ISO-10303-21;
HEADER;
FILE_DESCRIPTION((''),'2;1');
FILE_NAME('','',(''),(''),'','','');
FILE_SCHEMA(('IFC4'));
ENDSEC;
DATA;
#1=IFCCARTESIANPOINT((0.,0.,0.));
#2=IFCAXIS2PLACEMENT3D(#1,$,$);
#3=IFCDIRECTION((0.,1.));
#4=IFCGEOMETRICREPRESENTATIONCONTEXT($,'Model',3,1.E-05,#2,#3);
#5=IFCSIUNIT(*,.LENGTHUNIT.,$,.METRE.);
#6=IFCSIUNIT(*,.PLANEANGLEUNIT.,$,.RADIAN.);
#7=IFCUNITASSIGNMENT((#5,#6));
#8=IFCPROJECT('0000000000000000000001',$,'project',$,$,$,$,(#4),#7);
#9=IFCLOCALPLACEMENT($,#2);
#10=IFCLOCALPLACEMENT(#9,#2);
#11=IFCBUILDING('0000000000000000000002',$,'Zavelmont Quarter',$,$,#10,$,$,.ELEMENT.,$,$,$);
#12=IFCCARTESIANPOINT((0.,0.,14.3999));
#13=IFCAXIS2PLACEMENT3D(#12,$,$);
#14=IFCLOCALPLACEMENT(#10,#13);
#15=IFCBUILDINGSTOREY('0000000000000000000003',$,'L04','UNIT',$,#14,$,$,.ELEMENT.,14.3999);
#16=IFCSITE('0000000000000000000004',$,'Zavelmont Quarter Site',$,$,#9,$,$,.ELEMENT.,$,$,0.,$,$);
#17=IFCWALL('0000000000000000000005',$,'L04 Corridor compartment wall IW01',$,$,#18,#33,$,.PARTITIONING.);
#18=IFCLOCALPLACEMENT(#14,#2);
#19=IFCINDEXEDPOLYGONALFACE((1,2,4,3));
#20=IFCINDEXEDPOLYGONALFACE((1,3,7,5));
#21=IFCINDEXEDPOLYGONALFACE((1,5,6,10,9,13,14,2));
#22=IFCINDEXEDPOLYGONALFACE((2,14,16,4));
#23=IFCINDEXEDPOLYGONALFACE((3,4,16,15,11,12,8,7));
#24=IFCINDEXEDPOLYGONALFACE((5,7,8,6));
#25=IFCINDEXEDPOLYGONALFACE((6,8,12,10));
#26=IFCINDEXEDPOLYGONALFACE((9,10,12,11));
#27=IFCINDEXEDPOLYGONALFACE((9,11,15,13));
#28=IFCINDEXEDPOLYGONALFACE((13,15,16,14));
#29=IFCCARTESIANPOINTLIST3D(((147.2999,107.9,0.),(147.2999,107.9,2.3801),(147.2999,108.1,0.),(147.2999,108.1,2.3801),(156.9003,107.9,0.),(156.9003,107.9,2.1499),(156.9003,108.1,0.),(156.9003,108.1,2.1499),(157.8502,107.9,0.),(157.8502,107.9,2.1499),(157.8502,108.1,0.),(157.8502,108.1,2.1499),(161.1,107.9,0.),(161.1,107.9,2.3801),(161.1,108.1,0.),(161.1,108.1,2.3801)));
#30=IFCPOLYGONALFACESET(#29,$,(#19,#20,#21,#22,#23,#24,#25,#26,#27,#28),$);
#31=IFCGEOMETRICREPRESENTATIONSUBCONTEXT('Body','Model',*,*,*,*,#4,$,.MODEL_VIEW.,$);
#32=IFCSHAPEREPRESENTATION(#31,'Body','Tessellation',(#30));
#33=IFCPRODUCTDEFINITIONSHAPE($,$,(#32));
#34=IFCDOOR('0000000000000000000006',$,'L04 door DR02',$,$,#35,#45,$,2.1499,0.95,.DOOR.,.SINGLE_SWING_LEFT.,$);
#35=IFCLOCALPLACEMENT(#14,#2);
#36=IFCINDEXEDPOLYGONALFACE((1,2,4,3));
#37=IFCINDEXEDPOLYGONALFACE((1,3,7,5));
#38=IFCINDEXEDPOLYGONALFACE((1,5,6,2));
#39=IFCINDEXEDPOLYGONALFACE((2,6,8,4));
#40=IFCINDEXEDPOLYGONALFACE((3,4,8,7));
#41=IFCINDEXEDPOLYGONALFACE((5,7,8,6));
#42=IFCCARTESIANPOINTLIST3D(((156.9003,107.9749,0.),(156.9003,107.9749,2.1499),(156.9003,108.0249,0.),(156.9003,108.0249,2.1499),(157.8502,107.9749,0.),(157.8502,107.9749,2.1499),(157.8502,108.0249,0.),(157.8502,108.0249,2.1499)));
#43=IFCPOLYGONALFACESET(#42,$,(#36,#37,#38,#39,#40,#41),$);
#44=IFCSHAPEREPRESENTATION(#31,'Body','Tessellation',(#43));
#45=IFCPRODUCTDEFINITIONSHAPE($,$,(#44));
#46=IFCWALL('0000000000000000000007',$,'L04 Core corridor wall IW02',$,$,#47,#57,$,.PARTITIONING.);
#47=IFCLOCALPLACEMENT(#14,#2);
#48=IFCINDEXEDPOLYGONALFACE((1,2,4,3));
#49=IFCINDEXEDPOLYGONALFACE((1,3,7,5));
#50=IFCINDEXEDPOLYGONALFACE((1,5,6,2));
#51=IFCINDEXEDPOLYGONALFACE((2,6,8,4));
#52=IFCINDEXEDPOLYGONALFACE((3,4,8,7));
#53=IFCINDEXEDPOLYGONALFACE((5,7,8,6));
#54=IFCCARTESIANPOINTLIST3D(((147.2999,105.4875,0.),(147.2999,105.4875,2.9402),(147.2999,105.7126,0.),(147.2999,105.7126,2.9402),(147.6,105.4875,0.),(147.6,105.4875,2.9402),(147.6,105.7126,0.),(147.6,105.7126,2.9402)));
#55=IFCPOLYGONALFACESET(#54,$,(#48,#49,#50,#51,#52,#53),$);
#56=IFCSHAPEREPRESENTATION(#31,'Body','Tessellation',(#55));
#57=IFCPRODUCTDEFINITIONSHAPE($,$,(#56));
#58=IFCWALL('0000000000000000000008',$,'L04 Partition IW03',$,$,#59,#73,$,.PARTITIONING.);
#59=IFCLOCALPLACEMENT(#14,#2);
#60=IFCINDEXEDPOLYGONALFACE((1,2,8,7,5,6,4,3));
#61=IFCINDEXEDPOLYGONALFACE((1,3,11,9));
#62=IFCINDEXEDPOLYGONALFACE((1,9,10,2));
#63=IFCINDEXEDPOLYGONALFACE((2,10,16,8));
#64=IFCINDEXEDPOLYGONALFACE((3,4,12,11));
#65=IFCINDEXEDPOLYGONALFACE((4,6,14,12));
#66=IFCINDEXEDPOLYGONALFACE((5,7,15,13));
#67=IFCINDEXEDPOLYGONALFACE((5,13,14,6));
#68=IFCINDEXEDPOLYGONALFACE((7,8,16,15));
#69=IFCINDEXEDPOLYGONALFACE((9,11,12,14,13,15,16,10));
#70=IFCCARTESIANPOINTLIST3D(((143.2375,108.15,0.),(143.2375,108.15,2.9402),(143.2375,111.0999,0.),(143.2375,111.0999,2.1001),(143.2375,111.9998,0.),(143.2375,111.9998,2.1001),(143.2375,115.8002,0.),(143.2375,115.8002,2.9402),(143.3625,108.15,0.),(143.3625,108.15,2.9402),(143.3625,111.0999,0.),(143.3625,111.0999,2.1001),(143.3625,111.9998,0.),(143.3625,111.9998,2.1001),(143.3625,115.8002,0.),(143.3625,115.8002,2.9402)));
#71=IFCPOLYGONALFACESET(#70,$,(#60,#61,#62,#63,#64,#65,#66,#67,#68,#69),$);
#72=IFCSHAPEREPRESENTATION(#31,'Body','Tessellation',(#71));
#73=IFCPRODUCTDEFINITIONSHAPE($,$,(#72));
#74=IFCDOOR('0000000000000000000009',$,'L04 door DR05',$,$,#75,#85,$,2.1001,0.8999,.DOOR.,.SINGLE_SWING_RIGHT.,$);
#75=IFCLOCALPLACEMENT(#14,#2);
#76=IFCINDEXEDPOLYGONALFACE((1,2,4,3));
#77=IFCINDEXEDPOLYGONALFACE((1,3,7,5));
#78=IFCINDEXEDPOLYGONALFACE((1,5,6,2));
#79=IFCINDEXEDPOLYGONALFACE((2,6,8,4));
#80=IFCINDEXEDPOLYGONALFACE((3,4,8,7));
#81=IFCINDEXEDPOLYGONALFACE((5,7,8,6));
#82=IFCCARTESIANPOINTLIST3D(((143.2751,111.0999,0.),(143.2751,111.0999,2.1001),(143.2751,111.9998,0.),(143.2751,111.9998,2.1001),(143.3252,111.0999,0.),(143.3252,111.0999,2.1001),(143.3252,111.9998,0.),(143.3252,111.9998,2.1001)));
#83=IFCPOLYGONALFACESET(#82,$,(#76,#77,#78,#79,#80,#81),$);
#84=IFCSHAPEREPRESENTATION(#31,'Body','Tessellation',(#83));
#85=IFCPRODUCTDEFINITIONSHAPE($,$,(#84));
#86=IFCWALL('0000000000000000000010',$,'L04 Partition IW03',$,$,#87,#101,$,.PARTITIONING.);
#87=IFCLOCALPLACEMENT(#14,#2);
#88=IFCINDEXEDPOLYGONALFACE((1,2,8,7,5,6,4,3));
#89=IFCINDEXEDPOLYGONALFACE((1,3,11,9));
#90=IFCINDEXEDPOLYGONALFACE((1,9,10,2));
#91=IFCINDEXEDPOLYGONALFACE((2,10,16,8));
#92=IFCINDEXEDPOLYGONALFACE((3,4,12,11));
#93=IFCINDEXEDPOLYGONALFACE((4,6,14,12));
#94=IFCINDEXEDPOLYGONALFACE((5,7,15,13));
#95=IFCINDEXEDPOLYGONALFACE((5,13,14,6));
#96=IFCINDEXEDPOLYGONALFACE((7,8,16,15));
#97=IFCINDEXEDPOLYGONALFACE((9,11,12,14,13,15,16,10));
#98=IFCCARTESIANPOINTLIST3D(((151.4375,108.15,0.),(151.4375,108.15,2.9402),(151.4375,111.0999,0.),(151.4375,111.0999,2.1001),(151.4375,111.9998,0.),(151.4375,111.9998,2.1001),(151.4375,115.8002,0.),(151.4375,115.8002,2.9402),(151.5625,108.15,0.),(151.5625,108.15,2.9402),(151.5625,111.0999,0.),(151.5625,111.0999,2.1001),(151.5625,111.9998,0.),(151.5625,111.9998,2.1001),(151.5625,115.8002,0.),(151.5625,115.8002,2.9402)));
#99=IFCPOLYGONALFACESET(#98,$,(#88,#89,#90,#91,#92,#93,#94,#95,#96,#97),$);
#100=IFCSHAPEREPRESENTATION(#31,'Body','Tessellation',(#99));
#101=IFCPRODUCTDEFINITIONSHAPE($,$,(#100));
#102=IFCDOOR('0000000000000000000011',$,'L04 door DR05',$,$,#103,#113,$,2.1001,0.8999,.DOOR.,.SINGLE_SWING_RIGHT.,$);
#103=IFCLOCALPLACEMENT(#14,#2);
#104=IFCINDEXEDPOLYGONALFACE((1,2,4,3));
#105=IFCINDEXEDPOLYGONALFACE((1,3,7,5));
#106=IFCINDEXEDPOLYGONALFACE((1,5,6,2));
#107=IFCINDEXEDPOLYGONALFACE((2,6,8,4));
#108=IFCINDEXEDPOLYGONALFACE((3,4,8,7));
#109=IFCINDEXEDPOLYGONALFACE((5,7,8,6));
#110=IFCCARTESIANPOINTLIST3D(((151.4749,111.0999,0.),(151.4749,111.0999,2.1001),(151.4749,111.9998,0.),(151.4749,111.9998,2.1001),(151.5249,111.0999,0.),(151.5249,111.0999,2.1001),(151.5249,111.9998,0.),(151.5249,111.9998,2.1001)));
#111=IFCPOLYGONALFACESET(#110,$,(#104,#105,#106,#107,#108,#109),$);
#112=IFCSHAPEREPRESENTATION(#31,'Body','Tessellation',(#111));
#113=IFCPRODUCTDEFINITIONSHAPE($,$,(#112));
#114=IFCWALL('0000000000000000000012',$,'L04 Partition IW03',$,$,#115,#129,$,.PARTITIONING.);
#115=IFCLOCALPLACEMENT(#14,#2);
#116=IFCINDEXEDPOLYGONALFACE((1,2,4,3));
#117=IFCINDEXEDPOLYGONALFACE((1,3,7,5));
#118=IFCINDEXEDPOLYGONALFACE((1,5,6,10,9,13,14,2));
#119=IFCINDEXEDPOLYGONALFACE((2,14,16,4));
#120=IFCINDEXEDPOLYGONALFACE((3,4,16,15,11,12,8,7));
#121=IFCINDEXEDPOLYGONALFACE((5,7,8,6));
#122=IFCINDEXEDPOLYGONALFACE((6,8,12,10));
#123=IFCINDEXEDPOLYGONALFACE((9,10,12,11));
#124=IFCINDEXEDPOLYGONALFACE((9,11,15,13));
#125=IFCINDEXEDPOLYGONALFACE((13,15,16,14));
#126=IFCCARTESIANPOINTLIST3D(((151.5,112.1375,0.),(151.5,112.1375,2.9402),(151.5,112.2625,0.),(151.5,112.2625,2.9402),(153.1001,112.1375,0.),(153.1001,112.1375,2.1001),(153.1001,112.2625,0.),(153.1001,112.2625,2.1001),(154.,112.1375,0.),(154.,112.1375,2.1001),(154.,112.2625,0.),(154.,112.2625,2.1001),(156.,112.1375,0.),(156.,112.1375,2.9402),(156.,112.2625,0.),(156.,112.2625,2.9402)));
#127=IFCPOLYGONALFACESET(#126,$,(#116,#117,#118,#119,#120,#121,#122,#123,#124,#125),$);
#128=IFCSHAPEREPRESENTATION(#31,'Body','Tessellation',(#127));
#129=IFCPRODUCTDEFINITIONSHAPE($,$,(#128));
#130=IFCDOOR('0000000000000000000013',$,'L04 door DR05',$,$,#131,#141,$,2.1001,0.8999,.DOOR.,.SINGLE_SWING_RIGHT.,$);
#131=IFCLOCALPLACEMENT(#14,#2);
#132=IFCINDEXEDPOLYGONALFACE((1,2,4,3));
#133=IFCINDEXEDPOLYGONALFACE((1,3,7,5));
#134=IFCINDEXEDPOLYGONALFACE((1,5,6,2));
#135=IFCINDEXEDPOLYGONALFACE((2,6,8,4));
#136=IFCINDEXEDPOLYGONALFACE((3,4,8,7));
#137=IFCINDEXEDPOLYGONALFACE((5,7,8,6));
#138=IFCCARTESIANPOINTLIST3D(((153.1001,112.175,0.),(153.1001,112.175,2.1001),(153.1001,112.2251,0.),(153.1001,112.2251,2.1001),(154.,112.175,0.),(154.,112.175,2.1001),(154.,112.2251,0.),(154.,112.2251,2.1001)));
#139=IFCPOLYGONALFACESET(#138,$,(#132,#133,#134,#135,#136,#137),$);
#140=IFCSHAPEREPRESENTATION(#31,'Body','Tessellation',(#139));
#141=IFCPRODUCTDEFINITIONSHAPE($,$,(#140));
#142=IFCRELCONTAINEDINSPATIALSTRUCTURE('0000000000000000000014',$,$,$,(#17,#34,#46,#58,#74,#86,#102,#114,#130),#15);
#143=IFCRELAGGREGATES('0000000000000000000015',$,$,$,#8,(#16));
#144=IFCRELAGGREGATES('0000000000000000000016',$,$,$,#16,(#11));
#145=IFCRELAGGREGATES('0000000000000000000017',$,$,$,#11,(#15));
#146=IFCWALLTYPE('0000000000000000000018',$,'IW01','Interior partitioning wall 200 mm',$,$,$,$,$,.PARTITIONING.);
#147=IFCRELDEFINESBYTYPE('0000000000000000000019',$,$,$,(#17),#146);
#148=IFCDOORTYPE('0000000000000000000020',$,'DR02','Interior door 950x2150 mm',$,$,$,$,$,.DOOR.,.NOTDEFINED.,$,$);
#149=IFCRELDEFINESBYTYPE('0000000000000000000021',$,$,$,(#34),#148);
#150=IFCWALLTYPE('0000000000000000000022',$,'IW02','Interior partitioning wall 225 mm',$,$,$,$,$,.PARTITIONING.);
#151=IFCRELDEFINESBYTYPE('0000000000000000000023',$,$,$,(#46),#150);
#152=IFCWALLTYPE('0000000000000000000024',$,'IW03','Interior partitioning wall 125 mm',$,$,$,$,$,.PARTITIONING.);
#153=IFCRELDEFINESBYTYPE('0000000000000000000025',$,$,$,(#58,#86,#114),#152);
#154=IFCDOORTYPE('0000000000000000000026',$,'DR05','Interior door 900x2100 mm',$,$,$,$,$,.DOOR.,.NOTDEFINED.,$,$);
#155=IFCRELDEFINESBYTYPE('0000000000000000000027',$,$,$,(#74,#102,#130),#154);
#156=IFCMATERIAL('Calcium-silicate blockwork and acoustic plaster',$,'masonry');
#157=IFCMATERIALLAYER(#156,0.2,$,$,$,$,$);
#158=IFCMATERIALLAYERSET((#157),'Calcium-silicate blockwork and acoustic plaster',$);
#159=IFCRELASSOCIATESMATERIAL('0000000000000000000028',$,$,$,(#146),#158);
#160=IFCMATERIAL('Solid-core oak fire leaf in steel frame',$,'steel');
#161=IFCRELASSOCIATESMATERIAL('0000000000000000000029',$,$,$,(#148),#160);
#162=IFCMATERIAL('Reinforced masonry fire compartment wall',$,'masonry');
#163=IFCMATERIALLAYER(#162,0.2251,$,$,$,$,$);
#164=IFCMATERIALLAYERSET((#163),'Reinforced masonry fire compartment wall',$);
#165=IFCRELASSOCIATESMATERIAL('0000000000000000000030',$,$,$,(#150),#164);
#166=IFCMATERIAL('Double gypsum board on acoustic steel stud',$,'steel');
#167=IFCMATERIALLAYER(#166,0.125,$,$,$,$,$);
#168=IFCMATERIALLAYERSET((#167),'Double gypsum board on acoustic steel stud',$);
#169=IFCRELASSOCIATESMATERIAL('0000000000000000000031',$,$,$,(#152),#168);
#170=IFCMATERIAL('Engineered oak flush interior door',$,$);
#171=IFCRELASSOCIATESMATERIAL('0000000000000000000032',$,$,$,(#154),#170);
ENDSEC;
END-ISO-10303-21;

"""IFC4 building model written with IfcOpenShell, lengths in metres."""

from ifc_helpers import new_model, si_unit, direction, frame, frame_2d, origin, origin_with_axes, place, context, subcontext, project, spatial, rectangle, extrude, material, layer, layer_set, type_object, element, fill, save


model = new_model("IFC4")

# Units and contexts
model_context = context("Model", 3, precision=1e-05, world=origin(), true_north=direction((0.0, 1.0)))
body_context = subcontext(model_context, "Body", "Model", "MODEL_VIEW")
ifc_project = project(units=[si_unit("LENGTHUNIT", "METRE"), si_unit("PLANEANGLEUNIT", "RADIAN")], contexts=[model_context])

# Site, building, storey
site_placement = place(None, origin())
site = spatial("IfcSite", under=ifc_project, at=site_placement, Name="Zavelmont Quarter Site", CompositionType="ELEMENT", RefElevation=0.0)
building_placement = place(site_placement, origin())
building = spatial("IfcBuilding", under=site, at=building_placement, Name="Zavelmont Quarter", CompositionType="ELEMENT")
storey_placement = place(building_placement, frame((0.0, 0.0, 14.3999)))
storey = spatial("IfcBuildingStorey", under=building, at=storey_placement, Name="L04", Description="UNIT", CompositionType="ELEMENT", Elevation=14.3999)

# Shared definitions
ifc_material_1 = material(Name="Calcium-silicate blockwork and acoustic plaster", Category="masonry")
ifc_layer_1 = layer(ifc_material_1, 0.2)
ifc_layer_set_1 = layer_set([ifc_layer_1], Name="Calcium-silicate blockwork and acoustic plaster")
wall_type_1 = type_object("IfcWallType", Name="IW01", Description="Interior partitioning wall 200 mm", PredefinedType="PARTITIONING", material=ifc_layer_set_1)

# Wall, opening, door
wall_1_placement = place(storey_placement, frame((147.3, 108.0, 0.0), z_axis=(0.0, 0.0, 1.0), x_axis=(1.0, 0.0, 0.0)))
wall_1 = element("IfcWall", 1, at=wall_1_placement, inside=storey, type_object=wall_type_1, Name="L04 Corridor compartment wall IW01", PredefinedType="PARTITIONING", context=body_context, shape_type="SweptSolid", body=[
    extrude(rectangle(XDim=13.8, YDim=0.2, at=frame_2d((6.8999, 0.0))), origin(), (0.0, 0.0, 1.0), 2.3801),
])
opening_1_placement = place(wall_1_placement, frame((9.6001, 0.0, 0.0)))
opening_1 = element("IfcOpeningElement", 2, at=opening_1_placement, cuts=wall_1, PredefinedType="OPENING", context=body_context, shape_type="SweptSolid", body=[
    extrude(rectangle(XDim=0.95, YDim=2.1499, at=frame_2d((0.4751, 1.075))), frame((0.0, 0.1118, 0.0), z_axis=(0.0, -1.0, 0.0), x_axis=(1.0, 0.0, 0.0)), (0.0, 0.0, 1.0), 0.2239),
])
ifc_material_2 = material(Name="Solid-core oak fire leaf in steel frame", Category="steel")
door_type_1 = type_object("IfcDoorType", Name="DR02", Description="Interior door 950x2150 mm", OperationType="NOTDEFINED", PredefinedType="DOOR", material=ifc_material_2)
door_1_placement = place(opening_1_placement, origin_with_axes())
door_1 = element("IfcDoor", 3, at=door_1_placement, inside=storey, type_object=door_type_1, Name="L04 door DR02", OperationType="SINGLE_SWING_LEFT", OverallHeight=2.1499, OverallWidth=0.95, PredefinedType="DOOR", context=body_context, shape_type="SweptSolid", body=[
    extrude(rectangle(XDim=0.95, YDim=2.1499, at=frame_2d((0.4751, 1.075))), frame((0.0, 0.0249, 0.0), z_axis=(0.0, -1.0, 0.0), x_axis=(1.0, 0.0, 0.0)), (0.0, 0.0, 1.0), 0.05),
])
fill(opening_1, door_1)

# Wall
ifc_material_3 = material(Name="Reinforced masonry fire compartment wall", Category="masonry")
ifc_layer_2 = layer(ifc_material_3, 0.2251)
ifc_layer_set_2 = layer_set([ifc_layer_2], Name="Reinforced masonry fire compartment wall")
wall_type_2 = type_object("IfcWallType", Name="IW02", Description="Interior partitioning wall 225 mm", PredefinedType="PARTITIONING", material=ifc_layer_set_2)
wall_2_placement = place(storey_placement, frame((147.3, 105.6001, 0.0), z_axis=(0.0, 0.0, 1.0), x_axis=(1.0, 0.0, 0.0)))
element("IfcWall", 4, at=wall_2_placement, inside=storey, type_object=wall_type_2, Name="L04 Core corridor wall IW02", PredefinedType="PARTITIONING", context=body_context, shape_type="SweptSolid", body=[
    extrude(rectangle(XDim=0.3, YDim=0.2251, at=frame_2d((0.1499, 0.0))), origin(), (0.0, 0.0, 1.0), 2.9402),
])

# Walls, openings, doors
ifc_material_4 = material(Name="Double gypsum board on acoustic steel stud", Category="steel")
ifc_layer_3 = layer(ifc_material_4, 0.125)
ifc_layer_set_3 = layer_set([ifc_layer_3], Name="Double gypsum board on acoustic steel stud")
wall_type_3 = type_object("IfcWallType", Name="IW03", Description="Interior partitioning wall 125 mm", PredefinedType="PARTITIONING", material=ifc_layer_set_3)
wall_3_placement = place(storey_placement, frame((143.3, 108.1499, 0.0), z_axis=(0.0, 0.0, 1.0), x_axis=(0.0, 1.0, 0.0)))
wall_3 = element("IfcWall", 5, at=wall_3_placement, inside=storey, type_object=wall_type_3, Name="L04 Partition IW03", PredefinedType="PARTITIONING", context=body_context, shape_type="SweptSolid", body=[
    extrude(rectangle(XDim=7.6501, YDim=0.125, at=frame_2d((3.8252, 0.0))), origin(), (0.0, 0.0, 1.0), 2.9402),
])
opening_2_placement = place(wall_3_placement, frame((2.95, 0.0, 0.0)))
opening_2 = element("IfcOpeningElement", 6, at=opening_2_placement, cuts=wall_3, PredefinedType="OPENING", context=body_context, shape_type="SweptSolid", body=[
    extrude(rectangle(XDim=0.8999, YDim=2.1001, at=frame_2d((0.45, 1.05))), frame((0.0, 0.0745, 0.0), z_axis=(0.0, -1.0, 0.0), x_axis=(1.0, 0.0, 0.0)), (0.0, 0.0, 1.0), 0.1489),
])
ifc_material_5 = material(Name="Engineered oak flush interior door")
door_type_2 = type_object("IfcDoorType", Name="DR05", Description="Interior door 900x2100 mm", OperationType="NOTDEFINED", PredefinedType="DOOR", material=ifc_material_5)
door_2_placement = place(opening_2_placement, origin_with_axes())
door_2 = element("IfcDoor", 7, at=door_2_placement, inside=storey, type_object=door_type_2, Name="L04 door DR05", OperationType="SINGLE_SWING_RIGHT", OverallHeight=2.1001, OverallWidth=0.8999, PredefinedType="DOOR", context=body_context, shape_type="SweptSolid", body=[
    extrude(rectangle(XDim=0.8999, YDim=2.1001, at=frame_2d((0.45, 1.05))), frame((0.0, 0.0249, 0.0), z_axis=(0.0, -1.0, 0.0), x_axis=(1.0, 0.0, 0.0)), (0.0, 0.0, 1.0), 0.05),
])
fill(opening_2, door_2)
wall_4_placement = place(storey_placement, frame((151.5, 108.1499, 0.0), z_axis=(0.0, 0.0, 1.0), x_axis=(0.0, 1.0, 0.0)))
wall_4 = element("IfcWall", 8, at=wall_4_placement, inside=storey, type_object=wall_type_3, Name="L04 Partition IW03", PredefinedType="PARTITIONING", context=body_context, shape_type="SweptSolid", body=[
    extrude(rectangle(XDim=7.6501, YDim=0.125, at=frame_2d((3.8252, 0.0))), origin(), (0.0, 0.0, 1.0), 2.9402),
])
opening_3_placement = place(wall_4_placement, frame((2.95, 0.0, 0.0)))
opening_3 = element("IfcOpeningElement", 9, at=opening_3_placement, cuts=wall_4, PredefinedType="OPENING", context=body_context, shape_type="SweptSolid", body=[
    extrude(rectangle(XDim=0.8999, YDim=2.1001, at=frame_2d((0.45, 1.05))), frame((0.0, 0.0745, 0.0), z_axis=(0.0, -1.0, 0.0), x_axis=(1.0, 0.0, 0.0)), (0.0, 0.0, 1.0), 0.1489),
])
door_3_placement = place(opening_3_placement, frame((0.8999, 0.0, 0.0), z_axis=(0.0, 0.0, 1.0), x_axis=(-1.0, 0.0, 0.0)))
door_3 = element("IfcDoor", 10, at=door_3_placement, inside=storey, type_object=door_type_2, Name="L04 door DR05", OperationType="SINGLE_SWING_RIGHT", OverallHeight=2.1001, OverallWidth=0.8999, PredefinedType="DOOR", context=body_context, shape_type="SweptSolid", body=[
    extrude(rectangle(XDim=0.8999, YDim=2.1001, at=frame_2d((0.45, 1.05))), frame((0.0, 0.0249, 0.0), z_axis=(0.0, -1.0, 0.0), x_axis=(1.0, 0.0, 0.0)), (0.0, 0.0, 1.0), 0.05),
])
fill(opening_3, door_3)
wall_5_placement = place(storey_placement, frame((151.5, 112.2, 0.0), z_axis=(0.0, 0.0, 1.0), x_axis=(1.0, 0.0, 0.0)))
wall_5 = element("IfcWall", 11, at=wall_5_placement, inside=storey, type_object=wall_type_3, Name="L04 Partition IW03", PredefinedType="PARTITIONING", context=body_context, shape_type="SweptSolid", body=[
    extrude(rectangle(XDim=4.5, YDim=0.125, at=frame_2d((2.25, 0.0))), origin(), (0.0, 0.0, 1.0), 2.9402),
])
opening_4_placement = place(wall_5_placement, frame((1.6001, 0.0, 0.0)))
opening_4 = element("IfcOpeningElement", 12, at=opening_4_placement, cuts=wall_5, PredefinedType="OPENING", context=body_context, shape_type="SweptSolid", body=[
    extrude(rectangle(XDim=0.8999, YDim=2.1001, at=frame_2d((0.45, 1.05))), frame((0.0, 0.0745, 0.0), z_axis=(0.0, -1.0, 0.0), x_axis=(1.0, 0.0, 0.0)), (0.0, 0.0, 1.0), 0.1489),
])
door_4_placement = place(opening_4_placement, frame((0.8999, 0.0, 0.0), z_axis=(0.0, 0.0, 1.0), x_axis=(-1.0, 0.0, 0.0)))
door_4 = element("IfcDoor", 13, at=door_4_placement, inside=storey, type_object=door_type_2, Name="L04 door DR05", OperationType="SINGLE_SWING_RIGHT", OverallHeight=2.1001, OverallWidth=0.8999, PredefinedType="DOOR", context=body_context, shape_type="SweptSolid", body=[
    extrude(rectangle(XDim=0.8999, YDim=2.1001, at=frame_2d((0.45, 1.05))), frame((0.0, 0.0249, 0.0), z_axis=(0.0, -1.0, 0.0), x_axis=(1.0, 0.0, 0.0)), (0.0, 0.0, 1.0), 0.05),
])
fill(opening_4, door_4)

save(model, "model.ifc")
